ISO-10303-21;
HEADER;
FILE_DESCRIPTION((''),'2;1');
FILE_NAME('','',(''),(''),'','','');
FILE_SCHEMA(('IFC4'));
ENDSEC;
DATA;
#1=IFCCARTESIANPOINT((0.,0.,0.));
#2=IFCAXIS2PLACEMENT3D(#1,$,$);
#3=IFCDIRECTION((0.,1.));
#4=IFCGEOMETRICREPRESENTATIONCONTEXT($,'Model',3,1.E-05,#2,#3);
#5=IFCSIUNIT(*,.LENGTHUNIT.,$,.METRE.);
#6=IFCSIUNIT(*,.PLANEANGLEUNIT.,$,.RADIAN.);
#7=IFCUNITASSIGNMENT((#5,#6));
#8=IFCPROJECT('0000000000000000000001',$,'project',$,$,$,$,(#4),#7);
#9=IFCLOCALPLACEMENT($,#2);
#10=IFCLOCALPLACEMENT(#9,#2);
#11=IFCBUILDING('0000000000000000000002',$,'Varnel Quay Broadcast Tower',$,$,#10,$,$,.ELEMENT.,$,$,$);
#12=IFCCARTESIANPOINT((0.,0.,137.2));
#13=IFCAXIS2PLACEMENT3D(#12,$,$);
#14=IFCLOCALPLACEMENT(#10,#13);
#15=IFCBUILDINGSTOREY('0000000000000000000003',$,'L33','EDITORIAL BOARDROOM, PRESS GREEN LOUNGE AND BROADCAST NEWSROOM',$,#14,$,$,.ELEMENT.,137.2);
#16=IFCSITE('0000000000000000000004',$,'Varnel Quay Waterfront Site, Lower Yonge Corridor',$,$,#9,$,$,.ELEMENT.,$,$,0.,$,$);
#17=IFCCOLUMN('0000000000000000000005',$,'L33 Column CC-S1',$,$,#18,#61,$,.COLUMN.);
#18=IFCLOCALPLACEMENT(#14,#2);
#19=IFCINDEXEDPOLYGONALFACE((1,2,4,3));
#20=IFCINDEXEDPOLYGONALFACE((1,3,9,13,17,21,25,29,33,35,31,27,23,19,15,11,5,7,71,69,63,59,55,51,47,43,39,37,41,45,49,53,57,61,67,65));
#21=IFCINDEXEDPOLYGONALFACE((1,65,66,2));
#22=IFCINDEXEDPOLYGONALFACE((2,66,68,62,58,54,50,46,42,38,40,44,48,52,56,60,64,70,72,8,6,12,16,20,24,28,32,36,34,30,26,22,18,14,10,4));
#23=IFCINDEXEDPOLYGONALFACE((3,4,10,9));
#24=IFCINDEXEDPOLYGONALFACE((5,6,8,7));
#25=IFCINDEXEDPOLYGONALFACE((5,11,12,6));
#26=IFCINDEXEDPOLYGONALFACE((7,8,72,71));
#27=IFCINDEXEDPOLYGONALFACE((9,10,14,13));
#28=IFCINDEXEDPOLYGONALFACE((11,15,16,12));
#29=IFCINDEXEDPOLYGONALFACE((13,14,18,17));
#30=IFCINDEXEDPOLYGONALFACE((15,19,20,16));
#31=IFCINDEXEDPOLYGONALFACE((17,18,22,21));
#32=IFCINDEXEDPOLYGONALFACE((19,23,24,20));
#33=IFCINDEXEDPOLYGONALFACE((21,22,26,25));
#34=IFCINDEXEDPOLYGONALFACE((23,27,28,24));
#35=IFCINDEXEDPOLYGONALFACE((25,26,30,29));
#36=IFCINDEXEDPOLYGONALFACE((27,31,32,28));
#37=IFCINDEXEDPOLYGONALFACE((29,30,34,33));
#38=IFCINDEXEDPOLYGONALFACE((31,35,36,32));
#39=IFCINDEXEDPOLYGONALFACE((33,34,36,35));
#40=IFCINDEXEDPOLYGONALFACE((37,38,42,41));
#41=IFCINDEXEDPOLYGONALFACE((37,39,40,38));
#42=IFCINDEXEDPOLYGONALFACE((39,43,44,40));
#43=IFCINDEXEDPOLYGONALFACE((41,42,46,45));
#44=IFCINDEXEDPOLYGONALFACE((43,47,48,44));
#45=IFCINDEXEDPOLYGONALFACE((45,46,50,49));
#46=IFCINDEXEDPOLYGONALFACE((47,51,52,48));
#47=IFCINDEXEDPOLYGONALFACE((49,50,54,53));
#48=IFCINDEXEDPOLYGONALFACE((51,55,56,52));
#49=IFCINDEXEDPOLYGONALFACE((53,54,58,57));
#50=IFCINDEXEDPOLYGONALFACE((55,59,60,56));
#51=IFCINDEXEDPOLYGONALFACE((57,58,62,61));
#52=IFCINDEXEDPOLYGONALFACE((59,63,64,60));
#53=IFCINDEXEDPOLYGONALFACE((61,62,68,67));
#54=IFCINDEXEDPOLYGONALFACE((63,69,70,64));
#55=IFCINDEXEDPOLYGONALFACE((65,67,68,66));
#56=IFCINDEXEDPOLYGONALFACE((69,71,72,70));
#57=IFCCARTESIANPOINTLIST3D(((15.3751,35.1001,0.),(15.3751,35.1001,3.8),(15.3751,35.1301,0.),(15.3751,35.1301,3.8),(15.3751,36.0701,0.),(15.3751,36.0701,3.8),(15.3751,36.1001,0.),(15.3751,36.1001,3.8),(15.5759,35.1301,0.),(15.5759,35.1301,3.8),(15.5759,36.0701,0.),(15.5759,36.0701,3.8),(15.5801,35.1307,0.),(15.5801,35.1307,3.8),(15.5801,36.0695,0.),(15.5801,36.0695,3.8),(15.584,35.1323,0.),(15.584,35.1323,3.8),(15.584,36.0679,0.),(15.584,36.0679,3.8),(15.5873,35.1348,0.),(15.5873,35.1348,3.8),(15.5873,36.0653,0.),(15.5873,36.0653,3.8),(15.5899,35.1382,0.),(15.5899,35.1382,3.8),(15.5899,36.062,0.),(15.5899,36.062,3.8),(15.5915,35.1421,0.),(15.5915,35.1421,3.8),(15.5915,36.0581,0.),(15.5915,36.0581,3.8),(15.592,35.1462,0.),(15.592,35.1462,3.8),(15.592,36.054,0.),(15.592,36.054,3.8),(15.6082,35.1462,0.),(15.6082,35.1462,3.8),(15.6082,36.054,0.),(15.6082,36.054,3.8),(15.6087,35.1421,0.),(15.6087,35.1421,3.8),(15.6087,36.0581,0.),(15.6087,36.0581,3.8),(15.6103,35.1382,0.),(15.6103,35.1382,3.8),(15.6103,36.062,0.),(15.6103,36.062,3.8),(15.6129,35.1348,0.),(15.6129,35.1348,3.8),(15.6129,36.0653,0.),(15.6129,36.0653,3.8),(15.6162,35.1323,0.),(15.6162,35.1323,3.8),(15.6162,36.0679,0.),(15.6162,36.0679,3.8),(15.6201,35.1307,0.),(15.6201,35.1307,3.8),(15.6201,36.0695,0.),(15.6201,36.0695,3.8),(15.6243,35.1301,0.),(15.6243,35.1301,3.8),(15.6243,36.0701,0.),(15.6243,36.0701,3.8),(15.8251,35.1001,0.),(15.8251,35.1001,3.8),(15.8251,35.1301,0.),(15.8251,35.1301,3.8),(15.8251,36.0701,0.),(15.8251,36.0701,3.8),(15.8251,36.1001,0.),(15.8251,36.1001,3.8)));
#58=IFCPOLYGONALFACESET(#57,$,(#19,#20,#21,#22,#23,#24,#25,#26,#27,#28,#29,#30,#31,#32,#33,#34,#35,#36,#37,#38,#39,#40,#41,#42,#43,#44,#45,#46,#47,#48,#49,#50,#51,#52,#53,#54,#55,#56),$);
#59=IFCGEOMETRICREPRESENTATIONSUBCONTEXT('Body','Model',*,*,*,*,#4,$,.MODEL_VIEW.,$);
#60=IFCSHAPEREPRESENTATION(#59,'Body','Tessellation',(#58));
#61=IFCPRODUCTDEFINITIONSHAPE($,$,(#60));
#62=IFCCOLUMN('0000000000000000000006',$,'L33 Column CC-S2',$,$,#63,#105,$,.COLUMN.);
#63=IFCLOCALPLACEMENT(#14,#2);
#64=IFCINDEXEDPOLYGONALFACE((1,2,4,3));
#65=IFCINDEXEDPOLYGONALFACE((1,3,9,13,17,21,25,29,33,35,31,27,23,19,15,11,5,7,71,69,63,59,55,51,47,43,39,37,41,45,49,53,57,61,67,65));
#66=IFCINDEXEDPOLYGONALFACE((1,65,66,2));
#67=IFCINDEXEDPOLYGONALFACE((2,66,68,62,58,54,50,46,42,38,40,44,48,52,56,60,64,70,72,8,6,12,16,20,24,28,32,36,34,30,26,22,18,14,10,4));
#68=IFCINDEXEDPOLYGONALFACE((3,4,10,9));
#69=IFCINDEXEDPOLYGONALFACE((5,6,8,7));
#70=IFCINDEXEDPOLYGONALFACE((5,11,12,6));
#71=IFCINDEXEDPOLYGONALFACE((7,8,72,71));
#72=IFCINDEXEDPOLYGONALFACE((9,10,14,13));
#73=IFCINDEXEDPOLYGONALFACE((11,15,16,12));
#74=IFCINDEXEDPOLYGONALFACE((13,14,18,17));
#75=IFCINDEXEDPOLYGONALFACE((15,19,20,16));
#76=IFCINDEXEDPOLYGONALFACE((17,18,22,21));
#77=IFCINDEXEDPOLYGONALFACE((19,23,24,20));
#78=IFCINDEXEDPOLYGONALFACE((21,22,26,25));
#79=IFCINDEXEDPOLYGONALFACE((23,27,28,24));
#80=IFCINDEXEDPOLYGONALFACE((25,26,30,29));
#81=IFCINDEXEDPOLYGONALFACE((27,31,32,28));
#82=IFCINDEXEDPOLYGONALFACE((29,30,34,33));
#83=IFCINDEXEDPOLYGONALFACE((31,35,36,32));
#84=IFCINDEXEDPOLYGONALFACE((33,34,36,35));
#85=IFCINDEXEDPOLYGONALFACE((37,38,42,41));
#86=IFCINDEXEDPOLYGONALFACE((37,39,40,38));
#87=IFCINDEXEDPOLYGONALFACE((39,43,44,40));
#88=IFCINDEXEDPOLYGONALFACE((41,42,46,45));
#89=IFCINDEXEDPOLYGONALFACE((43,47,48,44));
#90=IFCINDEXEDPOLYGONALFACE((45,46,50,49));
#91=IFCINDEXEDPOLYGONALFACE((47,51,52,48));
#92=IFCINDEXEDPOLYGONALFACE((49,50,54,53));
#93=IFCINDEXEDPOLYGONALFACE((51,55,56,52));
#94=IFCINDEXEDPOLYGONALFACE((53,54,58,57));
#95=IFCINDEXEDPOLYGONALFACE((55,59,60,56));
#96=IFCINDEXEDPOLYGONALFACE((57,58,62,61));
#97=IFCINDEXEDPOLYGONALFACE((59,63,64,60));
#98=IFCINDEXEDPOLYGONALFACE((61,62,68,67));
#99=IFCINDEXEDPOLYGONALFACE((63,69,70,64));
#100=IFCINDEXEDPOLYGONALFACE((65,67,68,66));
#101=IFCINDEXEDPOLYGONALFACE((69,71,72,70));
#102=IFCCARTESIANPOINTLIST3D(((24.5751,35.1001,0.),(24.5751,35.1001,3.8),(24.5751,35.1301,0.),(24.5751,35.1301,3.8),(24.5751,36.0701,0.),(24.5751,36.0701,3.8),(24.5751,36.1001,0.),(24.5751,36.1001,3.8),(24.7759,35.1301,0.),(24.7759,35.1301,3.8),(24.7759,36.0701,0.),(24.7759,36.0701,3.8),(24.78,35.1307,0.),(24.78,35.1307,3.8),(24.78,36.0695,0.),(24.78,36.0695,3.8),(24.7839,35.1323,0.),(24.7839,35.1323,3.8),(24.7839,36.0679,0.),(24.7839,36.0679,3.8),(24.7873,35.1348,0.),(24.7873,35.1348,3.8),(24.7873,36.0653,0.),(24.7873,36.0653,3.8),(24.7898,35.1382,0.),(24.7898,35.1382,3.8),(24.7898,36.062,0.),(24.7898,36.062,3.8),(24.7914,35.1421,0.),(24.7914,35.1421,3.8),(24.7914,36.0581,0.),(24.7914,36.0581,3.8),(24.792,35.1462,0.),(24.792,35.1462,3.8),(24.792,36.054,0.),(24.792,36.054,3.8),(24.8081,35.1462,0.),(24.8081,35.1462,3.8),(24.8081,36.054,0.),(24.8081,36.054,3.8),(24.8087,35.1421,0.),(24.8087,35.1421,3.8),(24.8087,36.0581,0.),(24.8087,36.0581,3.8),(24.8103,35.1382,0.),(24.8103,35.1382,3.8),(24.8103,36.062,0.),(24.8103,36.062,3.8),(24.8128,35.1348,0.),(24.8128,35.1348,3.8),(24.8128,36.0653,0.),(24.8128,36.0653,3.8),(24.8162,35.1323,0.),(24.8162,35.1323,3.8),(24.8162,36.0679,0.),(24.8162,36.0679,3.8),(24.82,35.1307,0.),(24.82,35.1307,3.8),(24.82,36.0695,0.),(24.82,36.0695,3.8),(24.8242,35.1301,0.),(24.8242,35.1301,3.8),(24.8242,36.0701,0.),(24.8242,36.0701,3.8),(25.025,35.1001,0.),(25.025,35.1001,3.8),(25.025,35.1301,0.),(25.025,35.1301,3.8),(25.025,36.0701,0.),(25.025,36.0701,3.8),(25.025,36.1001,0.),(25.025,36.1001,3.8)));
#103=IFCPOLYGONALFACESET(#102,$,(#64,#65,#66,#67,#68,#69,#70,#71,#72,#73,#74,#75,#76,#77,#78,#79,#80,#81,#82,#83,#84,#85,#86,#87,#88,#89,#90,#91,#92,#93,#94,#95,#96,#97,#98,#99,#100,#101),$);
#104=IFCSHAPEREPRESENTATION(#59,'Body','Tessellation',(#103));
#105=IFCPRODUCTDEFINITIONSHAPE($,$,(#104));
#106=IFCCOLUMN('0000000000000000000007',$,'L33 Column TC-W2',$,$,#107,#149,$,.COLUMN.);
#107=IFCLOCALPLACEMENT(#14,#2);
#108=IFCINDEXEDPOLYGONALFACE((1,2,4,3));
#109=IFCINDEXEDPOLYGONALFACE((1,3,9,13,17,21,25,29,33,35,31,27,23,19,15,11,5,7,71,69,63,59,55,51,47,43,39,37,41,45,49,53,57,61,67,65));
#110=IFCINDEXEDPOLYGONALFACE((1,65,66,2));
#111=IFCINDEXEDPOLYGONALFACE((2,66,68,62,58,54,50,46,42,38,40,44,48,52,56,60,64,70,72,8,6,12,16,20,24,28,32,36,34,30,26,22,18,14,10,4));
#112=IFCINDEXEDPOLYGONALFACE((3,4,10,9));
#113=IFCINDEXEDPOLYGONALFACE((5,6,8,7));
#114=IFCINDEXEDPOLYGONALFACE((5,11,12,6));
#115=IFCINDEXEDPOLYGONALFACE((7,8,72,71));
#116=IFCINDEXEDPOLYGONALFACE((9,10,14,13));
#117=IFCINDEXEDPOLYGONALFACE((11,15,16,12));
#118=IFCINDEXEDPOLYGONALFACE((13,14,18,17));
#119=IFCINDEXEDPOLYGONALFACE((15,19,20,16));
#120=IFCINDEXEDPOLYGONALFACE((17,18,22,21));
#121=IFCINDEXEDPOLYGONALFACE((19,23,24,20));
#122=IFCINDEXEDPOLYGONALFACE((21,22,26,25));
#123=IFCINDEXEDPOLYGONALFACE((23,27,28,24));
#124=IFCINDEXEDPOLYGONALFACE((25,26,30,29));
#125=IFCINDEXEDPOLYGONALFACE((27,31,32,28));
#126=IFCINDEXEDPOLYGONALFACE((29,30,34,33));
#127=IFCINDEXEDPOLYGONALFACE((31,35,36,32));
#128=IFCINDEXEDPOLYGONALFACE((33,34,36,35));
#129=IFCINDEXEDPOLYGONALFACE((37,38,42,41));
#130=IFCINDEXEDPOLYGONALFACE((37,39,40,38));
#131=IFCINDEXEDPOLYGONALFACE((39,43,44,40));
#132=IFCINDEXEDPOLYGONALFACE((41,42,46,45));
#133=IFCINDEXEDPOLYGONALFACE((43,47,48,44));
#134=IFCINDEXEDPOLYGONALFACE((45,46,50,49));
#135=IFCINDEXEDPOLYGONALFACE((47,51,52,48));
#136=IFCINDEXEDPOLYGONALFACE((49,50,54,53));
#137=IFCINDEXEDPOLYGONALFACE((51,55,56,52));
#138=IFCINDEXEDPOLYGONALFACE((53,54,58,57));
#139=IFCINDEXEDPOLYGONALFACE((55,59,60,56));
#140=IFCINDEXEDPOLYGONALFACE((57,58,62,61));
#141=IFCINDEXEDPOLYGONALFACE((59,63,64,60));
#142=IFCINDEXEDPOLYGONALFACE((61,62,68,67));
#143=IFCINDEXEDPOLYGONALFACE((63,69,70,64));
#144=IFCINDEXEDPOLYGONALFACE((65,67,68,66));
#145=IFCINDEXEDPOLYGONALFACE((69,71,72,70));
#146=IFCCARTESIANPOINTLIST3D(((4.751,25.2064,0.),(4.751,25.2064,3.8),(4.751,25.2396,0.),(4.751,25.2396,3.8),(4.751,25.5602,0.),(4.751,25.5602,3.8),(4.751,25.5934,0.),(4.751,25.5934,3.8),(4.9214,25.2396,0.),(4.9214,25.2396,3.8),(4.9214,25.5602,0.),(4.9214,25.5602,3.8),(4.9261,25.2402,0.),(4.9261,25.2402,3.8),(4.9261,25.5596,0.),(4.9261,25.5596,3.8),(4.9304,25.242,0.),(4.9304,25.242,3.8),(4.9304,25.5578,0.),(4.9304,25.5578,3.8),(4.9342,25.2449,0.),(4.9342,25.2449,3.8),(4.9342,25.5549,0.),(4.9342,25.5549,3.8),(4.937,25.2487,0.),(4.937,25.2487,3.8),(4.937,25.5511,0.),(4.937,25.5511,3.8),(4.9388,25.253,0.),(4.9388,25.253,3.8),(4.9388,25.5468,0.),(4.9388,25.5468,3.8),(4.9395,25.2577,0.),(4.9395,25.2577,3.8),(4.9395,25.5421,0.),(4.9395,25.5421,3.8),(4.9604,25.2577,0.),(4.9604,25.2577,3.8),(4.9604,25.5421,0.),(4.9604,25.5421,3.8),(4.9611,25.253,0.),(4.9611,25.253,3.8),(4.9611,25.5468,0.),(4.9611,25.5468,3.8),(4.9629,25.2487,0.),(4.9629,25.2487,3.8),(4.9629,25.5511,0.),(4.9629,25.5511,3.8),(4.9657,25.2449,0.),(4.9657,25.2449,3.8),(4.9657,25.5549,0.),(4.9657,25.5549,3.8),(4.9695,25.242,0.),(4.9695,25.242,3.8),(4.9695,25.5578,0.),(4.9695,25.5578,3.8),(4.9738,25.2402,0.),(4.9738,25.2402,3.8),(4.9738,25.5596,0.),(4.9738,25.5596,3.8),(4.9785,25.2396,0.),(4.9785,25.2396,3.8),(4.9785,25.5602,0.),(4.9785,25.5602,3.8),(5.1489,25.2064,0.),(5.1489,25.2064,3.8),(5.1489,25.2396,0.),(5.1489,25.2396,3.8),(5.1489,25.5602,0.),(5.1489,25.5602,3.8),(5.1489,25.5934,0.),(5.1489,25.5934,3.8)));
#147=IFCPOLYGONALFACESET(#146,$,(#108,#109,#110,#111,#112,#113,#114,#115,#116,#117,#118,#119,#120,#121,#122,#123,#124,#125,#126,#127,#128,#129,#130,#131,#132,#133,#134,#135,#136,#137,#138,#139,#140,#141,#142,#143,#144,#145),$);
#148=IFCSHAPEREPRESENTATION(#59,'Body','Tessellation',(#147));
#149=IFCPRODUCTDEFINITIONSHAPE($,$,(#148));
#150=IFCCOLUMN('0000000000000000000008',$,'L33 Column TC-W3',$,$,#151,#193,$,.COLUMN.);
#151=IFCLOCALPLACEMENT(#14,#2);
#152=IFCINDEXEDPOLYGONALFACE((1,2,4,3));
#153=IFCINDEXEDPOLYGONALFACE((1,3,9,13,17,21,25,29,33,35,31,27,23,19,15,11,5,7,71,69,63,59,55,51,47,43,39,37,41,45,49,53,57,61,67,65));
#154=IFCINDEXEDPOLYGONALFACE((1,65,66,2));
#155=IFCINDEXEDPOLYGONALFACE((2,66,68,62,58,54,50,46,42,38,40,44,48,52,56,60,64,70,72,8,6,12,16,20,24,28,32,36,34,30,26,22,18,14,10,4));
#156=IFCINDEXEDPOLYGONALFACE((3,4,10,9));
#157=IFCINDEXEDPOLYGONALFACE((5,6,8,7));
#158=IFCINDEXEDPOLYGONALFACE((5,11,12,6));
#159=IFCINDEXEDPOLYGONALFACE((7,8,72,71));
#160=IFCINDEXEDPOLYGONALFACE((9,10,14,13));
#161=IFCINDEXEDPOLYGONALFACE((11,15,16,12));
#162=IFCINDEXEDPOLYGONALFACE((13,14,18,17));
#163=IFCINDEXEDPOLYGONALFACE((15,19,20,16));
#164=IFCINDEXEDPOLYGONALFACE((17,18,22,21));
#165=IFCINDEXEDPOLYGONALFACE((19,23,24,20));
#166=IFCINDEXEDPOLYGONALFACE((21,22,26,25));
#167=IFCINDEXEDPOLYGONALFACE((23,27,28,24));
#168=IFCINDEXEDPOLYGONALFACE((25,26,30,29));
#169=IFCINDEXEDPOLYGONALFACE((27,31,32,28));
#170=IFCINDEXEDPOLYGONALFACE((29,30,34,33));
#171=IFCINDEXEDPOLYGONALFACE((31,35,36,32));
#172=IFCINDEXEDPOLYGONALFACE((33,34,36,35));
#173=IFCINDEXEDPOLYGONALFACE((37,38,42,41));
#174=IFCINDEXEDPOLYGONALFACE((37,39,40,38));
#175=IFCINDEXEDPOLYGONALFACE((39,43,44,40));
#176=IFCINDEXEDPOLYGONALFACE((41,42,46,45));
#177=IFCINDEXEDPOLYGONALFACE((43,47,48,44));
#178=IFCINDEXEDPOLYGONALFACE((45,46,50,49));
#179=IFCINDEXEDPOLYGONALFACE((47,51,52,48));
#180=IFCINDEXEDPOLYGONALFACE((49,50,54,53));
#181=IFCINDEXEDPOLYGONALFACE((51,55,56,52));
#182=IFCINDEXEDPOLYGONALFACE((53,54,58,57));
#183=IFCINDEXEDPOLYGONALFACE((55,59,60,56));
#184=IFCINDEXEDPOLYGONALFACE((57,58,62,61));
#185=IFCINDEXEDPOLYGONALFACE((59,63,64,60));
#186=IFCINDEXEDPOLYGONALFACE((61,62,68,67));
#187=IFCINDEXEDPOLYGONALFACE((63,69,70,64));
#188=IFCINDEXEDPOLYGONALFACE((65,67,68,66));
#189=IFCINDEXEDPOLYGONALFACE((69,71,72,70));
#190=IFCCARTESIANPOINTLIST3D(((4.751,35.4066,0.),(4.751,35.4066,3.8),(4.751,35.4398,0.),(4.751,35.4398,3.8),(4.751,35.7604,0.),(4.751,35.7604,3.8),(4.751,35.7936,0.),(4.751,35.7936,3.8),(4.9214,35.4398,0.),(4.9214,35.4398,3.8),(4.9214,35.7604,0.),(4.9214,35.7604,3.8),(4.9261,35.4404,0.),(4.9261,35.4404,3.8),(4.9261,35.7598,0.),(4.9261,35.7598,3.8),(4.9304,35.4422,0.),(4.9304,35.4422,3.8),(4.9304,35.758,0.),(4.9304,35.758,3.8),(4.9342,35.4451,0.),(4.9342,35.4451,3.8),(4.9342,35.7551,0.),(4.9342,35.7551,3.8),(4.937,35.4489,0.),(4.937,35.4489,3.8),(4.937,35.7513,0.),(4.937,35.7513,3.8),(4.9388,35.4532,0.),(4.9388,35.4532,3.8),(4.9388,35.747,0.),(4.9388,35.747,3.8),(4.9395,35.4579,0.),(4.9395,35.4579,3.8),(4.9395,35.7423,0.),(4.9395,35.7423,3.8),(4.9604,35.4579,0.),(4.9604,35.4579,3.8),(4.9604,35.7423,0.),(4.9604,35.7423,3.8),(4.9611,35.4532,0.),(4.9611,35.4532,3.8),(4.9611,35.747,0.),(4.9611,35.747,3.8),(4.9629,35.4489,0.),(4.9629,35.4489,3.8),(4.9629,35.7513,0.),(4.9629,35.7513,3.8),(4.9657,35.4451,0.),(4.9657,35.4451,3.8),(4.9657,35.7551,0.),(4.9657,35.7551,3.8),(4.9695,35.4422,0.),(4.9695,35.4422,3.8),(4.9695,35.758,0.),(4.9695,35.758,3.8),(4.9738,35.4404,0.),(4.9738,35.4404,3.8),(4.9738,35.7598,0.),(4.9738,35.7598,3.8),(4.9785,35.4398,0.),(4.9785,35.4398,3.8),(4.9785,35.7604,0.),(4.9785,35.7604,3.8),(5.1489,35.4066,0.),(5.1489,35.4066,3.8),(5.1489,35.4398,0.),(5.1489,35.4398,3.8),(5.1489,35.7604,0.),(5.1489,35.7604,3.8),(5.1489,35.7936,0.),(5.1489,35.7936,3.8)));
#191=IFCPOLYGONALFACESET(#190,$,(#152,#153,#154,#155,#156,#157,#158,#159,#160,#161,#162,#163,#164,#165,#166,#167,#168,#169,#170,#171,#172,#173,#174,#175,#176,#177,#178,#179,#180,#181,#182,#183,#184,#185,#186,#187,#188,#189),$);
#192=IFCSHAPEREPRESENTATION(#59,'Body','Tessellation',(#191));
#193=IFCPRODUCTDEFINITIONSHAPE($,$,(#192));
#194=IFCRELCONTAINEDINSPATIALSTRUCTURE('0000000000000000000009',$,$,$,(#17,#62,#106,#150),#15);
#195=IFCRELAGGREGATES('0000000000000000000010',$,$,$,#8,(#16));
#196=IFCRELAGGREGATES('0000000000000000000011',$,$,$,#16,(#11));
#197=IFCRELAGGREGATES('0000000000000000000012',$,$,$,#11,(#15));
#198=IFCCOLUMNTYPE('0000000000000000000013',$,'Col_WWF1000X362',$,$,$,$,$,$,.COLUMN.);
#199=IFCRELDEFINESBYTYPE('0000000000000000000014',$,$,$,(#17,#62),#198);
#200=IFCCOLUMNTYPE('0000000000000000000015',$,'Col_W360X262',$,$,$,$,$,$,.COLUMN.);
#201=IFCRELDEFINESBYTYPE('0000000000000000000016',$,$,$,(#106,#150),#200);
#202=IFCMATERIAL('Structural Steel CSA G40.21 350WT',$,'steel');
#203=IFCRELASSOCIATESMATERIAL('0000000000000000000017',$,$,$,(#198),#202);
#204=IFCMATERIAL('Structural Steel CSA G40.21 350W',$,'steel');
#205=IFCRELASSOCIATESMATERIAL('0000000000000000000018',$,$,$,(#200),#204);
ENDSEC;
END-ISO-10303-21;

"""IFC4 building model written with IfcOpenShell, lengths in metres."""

from ifc_helpers import new_model, si_unit, direction, frame, origin, origin_2d, place, context, subcontext, project, spatial, i_section, extrude, source, transform, mapped, material, material_profile, profile_set, type_object, type_shapes, element, save


model = new_model("IFC4")

# Units and contexts
model_context = context("Model", 3, precision=1e-05, world=origin(), true_north=direction((0.0, 1.0)))
body_context = subcontext(model_context, "Body", "Model", "MODEL_VIEW")
ifc_project = project(units=[si_unit("LENGTHUNIT", "METRE"), si_unit("PLANEANGLEUNIT", "RADIAN")], contexts=[model_context])

# Site, building, storey
site_placement = place(None, origin())
site = spatial("IfcSite", under=ifc_project, at=site_placement, Name="Varnel Quay Waterfront Site, Lower Yonge Corridor", CompositionType="ELEMENT", RefElevation=0.0)
building_placement = place(site_placement, origin())
building = spatial("IfcBuilding", under=site, at=building_placement, Name="Varnel Quay Broadcast Tower", CompositionType="ELEMENT")
storey_placement = place(building_placement, frame((0.0, 0.0, 137.2)))
storey = spatial("IfcBuildingStorey", under=building, at=storey_placement, Name="L33", Description="EDITORIAL BOARDROOM, PRESS GREEN LOUNGE AND BROADCAST NEWSROOM", CompositionType="ELEMENT", Elevation=137.2)

# Columns
ifc_material_1 = material(Name="Structural Steel CSA G40.21 350WT", Category="steel")
ifc_material_profile_1 = material_profile(ifc_material_1, i_section(OverallWidth=0.45, OverallDepth=1.0, WebThickness=0.0161, FlangeThickness=0.03, FilletRadius=0.0161, at=origin_2d()), Name="WWF1000X362")
ifc_profile_set_1 = profile_set([ifc_material_profile_1], Name="Structural Steel CSA G40.21 350WT")
column_type_1 = type_object("IfcColumnType", Name="Col_WWF1000X362", PredefinedType="COLUMN", material=ifc_profile_set_1)
shared_shape_1 = source(origin(), body_context, "Body", "SweptSolid", [
    extrude(i_section(OverallWidth=0.45, OverallDepth=1.0, WebThickness=0.0161, FlangeThickness=0.03, FilletRadius=0.0161, at=origin_2d()), origin(), (0.0, 0.0, 1.0), 3.8),
])
type_shapes(column_type_1, [shared_shape_1])
for number, where, z_axis, x_axis, name in (
    (1, (15.6001, 35.6001, 0.0), (0.0, 0.0, 1.0), (1.0, 0.0, 0.0), "L33 Column CC-S1"),
    (2, (24.8, 35.6001, 0.0), (0.0, 0.0, 1.0), (1.0, 0.0, 0.0), "L33 Column CC-S2"),
):
    element("IfcColumn", number, at=place(storey_placement, frame(where, z_axis=z_axis, x_axis=x_axis)), inside=storey, type_object=column_type_1, Name=name, PredefinedType="COLUMN", context=body_context, shape_type="MappedRepresentation", body=[
        mapped(shared_shape_1, transform((0.0, 0.0, 0.0), x_axis=(1.0, 0.0, 0.0), y_axis=(0.0, 1.0, 0.0), z_axis=(0.0, 0.0, 1.0), scale=1.0)),
    ])
ifc_material_2 = material(Name="Structural Steel CSA G40.21 350W", Category="steel")
ifc_material_profile_2 = material_profile(ifc_material_2, i_section(OverallWidth=0.3979, OverallDepth=0.387, WebThickness=0.021, FlangeThickness=0.0332, FilletRadius=0.0181, at=origin_2d()), Name="W360X262")
ifc_profile_set_2 = profile_set([ifc_material_profile_2], Name="Structural Steel CSA G40.21 350W")
column_type_2 = type_object("IfcColumnType", Name="Col_W360X262", PredefinedType="COLUMN", material=ifc_profile_set_2)
shared_shape_2 = source(origin(), body_context, "Body", "SweptSolid", [
    extrude(i_section(OverallWidth=0.3979, OverallDepth=0.387, WebThickness=0.021, FlangeThickness=0.0332, FilletRadius=0.0181, at=origin_2d()), origin(), (0.0, 0.0, 1.0), 3.8),
])
type_shapes(column_type_2, [shared_shape_2])
for number, where, z_axis, x_axis, name in (
    (3, (4.95, 25.3999, 0.0), (0.0, 0.0, 1.0), (1.0, 0.0, 0.0), "L33 Column TC-W2"),
    (4, (4.95, 35.6001, 0.0), (0.0, 0.0, 1.0), (1.0, 0.0, 0.0), "L33 Column TC-W3"),
):
    element("IfcColumn", number, at=place(storey_placement, frame(where, z_axis=z_axis, x_axis=x_axis)), inside=storey, type_object=column_type_2, Name=name, PredefinedType="COLUMN", context=body_context, shape_type="MappedRepresentation", body=[
        mapped(shared_shape_2, transform((0.0, 0.0, 0.0), x_axis=(1.0, 0.0, 0.0), y_axis=(0.0, 1.0, 0.0), z_axis=(0.0, 0.0, 1.0), scale=1.0)),
    ])

save(model, "model.ifc")
